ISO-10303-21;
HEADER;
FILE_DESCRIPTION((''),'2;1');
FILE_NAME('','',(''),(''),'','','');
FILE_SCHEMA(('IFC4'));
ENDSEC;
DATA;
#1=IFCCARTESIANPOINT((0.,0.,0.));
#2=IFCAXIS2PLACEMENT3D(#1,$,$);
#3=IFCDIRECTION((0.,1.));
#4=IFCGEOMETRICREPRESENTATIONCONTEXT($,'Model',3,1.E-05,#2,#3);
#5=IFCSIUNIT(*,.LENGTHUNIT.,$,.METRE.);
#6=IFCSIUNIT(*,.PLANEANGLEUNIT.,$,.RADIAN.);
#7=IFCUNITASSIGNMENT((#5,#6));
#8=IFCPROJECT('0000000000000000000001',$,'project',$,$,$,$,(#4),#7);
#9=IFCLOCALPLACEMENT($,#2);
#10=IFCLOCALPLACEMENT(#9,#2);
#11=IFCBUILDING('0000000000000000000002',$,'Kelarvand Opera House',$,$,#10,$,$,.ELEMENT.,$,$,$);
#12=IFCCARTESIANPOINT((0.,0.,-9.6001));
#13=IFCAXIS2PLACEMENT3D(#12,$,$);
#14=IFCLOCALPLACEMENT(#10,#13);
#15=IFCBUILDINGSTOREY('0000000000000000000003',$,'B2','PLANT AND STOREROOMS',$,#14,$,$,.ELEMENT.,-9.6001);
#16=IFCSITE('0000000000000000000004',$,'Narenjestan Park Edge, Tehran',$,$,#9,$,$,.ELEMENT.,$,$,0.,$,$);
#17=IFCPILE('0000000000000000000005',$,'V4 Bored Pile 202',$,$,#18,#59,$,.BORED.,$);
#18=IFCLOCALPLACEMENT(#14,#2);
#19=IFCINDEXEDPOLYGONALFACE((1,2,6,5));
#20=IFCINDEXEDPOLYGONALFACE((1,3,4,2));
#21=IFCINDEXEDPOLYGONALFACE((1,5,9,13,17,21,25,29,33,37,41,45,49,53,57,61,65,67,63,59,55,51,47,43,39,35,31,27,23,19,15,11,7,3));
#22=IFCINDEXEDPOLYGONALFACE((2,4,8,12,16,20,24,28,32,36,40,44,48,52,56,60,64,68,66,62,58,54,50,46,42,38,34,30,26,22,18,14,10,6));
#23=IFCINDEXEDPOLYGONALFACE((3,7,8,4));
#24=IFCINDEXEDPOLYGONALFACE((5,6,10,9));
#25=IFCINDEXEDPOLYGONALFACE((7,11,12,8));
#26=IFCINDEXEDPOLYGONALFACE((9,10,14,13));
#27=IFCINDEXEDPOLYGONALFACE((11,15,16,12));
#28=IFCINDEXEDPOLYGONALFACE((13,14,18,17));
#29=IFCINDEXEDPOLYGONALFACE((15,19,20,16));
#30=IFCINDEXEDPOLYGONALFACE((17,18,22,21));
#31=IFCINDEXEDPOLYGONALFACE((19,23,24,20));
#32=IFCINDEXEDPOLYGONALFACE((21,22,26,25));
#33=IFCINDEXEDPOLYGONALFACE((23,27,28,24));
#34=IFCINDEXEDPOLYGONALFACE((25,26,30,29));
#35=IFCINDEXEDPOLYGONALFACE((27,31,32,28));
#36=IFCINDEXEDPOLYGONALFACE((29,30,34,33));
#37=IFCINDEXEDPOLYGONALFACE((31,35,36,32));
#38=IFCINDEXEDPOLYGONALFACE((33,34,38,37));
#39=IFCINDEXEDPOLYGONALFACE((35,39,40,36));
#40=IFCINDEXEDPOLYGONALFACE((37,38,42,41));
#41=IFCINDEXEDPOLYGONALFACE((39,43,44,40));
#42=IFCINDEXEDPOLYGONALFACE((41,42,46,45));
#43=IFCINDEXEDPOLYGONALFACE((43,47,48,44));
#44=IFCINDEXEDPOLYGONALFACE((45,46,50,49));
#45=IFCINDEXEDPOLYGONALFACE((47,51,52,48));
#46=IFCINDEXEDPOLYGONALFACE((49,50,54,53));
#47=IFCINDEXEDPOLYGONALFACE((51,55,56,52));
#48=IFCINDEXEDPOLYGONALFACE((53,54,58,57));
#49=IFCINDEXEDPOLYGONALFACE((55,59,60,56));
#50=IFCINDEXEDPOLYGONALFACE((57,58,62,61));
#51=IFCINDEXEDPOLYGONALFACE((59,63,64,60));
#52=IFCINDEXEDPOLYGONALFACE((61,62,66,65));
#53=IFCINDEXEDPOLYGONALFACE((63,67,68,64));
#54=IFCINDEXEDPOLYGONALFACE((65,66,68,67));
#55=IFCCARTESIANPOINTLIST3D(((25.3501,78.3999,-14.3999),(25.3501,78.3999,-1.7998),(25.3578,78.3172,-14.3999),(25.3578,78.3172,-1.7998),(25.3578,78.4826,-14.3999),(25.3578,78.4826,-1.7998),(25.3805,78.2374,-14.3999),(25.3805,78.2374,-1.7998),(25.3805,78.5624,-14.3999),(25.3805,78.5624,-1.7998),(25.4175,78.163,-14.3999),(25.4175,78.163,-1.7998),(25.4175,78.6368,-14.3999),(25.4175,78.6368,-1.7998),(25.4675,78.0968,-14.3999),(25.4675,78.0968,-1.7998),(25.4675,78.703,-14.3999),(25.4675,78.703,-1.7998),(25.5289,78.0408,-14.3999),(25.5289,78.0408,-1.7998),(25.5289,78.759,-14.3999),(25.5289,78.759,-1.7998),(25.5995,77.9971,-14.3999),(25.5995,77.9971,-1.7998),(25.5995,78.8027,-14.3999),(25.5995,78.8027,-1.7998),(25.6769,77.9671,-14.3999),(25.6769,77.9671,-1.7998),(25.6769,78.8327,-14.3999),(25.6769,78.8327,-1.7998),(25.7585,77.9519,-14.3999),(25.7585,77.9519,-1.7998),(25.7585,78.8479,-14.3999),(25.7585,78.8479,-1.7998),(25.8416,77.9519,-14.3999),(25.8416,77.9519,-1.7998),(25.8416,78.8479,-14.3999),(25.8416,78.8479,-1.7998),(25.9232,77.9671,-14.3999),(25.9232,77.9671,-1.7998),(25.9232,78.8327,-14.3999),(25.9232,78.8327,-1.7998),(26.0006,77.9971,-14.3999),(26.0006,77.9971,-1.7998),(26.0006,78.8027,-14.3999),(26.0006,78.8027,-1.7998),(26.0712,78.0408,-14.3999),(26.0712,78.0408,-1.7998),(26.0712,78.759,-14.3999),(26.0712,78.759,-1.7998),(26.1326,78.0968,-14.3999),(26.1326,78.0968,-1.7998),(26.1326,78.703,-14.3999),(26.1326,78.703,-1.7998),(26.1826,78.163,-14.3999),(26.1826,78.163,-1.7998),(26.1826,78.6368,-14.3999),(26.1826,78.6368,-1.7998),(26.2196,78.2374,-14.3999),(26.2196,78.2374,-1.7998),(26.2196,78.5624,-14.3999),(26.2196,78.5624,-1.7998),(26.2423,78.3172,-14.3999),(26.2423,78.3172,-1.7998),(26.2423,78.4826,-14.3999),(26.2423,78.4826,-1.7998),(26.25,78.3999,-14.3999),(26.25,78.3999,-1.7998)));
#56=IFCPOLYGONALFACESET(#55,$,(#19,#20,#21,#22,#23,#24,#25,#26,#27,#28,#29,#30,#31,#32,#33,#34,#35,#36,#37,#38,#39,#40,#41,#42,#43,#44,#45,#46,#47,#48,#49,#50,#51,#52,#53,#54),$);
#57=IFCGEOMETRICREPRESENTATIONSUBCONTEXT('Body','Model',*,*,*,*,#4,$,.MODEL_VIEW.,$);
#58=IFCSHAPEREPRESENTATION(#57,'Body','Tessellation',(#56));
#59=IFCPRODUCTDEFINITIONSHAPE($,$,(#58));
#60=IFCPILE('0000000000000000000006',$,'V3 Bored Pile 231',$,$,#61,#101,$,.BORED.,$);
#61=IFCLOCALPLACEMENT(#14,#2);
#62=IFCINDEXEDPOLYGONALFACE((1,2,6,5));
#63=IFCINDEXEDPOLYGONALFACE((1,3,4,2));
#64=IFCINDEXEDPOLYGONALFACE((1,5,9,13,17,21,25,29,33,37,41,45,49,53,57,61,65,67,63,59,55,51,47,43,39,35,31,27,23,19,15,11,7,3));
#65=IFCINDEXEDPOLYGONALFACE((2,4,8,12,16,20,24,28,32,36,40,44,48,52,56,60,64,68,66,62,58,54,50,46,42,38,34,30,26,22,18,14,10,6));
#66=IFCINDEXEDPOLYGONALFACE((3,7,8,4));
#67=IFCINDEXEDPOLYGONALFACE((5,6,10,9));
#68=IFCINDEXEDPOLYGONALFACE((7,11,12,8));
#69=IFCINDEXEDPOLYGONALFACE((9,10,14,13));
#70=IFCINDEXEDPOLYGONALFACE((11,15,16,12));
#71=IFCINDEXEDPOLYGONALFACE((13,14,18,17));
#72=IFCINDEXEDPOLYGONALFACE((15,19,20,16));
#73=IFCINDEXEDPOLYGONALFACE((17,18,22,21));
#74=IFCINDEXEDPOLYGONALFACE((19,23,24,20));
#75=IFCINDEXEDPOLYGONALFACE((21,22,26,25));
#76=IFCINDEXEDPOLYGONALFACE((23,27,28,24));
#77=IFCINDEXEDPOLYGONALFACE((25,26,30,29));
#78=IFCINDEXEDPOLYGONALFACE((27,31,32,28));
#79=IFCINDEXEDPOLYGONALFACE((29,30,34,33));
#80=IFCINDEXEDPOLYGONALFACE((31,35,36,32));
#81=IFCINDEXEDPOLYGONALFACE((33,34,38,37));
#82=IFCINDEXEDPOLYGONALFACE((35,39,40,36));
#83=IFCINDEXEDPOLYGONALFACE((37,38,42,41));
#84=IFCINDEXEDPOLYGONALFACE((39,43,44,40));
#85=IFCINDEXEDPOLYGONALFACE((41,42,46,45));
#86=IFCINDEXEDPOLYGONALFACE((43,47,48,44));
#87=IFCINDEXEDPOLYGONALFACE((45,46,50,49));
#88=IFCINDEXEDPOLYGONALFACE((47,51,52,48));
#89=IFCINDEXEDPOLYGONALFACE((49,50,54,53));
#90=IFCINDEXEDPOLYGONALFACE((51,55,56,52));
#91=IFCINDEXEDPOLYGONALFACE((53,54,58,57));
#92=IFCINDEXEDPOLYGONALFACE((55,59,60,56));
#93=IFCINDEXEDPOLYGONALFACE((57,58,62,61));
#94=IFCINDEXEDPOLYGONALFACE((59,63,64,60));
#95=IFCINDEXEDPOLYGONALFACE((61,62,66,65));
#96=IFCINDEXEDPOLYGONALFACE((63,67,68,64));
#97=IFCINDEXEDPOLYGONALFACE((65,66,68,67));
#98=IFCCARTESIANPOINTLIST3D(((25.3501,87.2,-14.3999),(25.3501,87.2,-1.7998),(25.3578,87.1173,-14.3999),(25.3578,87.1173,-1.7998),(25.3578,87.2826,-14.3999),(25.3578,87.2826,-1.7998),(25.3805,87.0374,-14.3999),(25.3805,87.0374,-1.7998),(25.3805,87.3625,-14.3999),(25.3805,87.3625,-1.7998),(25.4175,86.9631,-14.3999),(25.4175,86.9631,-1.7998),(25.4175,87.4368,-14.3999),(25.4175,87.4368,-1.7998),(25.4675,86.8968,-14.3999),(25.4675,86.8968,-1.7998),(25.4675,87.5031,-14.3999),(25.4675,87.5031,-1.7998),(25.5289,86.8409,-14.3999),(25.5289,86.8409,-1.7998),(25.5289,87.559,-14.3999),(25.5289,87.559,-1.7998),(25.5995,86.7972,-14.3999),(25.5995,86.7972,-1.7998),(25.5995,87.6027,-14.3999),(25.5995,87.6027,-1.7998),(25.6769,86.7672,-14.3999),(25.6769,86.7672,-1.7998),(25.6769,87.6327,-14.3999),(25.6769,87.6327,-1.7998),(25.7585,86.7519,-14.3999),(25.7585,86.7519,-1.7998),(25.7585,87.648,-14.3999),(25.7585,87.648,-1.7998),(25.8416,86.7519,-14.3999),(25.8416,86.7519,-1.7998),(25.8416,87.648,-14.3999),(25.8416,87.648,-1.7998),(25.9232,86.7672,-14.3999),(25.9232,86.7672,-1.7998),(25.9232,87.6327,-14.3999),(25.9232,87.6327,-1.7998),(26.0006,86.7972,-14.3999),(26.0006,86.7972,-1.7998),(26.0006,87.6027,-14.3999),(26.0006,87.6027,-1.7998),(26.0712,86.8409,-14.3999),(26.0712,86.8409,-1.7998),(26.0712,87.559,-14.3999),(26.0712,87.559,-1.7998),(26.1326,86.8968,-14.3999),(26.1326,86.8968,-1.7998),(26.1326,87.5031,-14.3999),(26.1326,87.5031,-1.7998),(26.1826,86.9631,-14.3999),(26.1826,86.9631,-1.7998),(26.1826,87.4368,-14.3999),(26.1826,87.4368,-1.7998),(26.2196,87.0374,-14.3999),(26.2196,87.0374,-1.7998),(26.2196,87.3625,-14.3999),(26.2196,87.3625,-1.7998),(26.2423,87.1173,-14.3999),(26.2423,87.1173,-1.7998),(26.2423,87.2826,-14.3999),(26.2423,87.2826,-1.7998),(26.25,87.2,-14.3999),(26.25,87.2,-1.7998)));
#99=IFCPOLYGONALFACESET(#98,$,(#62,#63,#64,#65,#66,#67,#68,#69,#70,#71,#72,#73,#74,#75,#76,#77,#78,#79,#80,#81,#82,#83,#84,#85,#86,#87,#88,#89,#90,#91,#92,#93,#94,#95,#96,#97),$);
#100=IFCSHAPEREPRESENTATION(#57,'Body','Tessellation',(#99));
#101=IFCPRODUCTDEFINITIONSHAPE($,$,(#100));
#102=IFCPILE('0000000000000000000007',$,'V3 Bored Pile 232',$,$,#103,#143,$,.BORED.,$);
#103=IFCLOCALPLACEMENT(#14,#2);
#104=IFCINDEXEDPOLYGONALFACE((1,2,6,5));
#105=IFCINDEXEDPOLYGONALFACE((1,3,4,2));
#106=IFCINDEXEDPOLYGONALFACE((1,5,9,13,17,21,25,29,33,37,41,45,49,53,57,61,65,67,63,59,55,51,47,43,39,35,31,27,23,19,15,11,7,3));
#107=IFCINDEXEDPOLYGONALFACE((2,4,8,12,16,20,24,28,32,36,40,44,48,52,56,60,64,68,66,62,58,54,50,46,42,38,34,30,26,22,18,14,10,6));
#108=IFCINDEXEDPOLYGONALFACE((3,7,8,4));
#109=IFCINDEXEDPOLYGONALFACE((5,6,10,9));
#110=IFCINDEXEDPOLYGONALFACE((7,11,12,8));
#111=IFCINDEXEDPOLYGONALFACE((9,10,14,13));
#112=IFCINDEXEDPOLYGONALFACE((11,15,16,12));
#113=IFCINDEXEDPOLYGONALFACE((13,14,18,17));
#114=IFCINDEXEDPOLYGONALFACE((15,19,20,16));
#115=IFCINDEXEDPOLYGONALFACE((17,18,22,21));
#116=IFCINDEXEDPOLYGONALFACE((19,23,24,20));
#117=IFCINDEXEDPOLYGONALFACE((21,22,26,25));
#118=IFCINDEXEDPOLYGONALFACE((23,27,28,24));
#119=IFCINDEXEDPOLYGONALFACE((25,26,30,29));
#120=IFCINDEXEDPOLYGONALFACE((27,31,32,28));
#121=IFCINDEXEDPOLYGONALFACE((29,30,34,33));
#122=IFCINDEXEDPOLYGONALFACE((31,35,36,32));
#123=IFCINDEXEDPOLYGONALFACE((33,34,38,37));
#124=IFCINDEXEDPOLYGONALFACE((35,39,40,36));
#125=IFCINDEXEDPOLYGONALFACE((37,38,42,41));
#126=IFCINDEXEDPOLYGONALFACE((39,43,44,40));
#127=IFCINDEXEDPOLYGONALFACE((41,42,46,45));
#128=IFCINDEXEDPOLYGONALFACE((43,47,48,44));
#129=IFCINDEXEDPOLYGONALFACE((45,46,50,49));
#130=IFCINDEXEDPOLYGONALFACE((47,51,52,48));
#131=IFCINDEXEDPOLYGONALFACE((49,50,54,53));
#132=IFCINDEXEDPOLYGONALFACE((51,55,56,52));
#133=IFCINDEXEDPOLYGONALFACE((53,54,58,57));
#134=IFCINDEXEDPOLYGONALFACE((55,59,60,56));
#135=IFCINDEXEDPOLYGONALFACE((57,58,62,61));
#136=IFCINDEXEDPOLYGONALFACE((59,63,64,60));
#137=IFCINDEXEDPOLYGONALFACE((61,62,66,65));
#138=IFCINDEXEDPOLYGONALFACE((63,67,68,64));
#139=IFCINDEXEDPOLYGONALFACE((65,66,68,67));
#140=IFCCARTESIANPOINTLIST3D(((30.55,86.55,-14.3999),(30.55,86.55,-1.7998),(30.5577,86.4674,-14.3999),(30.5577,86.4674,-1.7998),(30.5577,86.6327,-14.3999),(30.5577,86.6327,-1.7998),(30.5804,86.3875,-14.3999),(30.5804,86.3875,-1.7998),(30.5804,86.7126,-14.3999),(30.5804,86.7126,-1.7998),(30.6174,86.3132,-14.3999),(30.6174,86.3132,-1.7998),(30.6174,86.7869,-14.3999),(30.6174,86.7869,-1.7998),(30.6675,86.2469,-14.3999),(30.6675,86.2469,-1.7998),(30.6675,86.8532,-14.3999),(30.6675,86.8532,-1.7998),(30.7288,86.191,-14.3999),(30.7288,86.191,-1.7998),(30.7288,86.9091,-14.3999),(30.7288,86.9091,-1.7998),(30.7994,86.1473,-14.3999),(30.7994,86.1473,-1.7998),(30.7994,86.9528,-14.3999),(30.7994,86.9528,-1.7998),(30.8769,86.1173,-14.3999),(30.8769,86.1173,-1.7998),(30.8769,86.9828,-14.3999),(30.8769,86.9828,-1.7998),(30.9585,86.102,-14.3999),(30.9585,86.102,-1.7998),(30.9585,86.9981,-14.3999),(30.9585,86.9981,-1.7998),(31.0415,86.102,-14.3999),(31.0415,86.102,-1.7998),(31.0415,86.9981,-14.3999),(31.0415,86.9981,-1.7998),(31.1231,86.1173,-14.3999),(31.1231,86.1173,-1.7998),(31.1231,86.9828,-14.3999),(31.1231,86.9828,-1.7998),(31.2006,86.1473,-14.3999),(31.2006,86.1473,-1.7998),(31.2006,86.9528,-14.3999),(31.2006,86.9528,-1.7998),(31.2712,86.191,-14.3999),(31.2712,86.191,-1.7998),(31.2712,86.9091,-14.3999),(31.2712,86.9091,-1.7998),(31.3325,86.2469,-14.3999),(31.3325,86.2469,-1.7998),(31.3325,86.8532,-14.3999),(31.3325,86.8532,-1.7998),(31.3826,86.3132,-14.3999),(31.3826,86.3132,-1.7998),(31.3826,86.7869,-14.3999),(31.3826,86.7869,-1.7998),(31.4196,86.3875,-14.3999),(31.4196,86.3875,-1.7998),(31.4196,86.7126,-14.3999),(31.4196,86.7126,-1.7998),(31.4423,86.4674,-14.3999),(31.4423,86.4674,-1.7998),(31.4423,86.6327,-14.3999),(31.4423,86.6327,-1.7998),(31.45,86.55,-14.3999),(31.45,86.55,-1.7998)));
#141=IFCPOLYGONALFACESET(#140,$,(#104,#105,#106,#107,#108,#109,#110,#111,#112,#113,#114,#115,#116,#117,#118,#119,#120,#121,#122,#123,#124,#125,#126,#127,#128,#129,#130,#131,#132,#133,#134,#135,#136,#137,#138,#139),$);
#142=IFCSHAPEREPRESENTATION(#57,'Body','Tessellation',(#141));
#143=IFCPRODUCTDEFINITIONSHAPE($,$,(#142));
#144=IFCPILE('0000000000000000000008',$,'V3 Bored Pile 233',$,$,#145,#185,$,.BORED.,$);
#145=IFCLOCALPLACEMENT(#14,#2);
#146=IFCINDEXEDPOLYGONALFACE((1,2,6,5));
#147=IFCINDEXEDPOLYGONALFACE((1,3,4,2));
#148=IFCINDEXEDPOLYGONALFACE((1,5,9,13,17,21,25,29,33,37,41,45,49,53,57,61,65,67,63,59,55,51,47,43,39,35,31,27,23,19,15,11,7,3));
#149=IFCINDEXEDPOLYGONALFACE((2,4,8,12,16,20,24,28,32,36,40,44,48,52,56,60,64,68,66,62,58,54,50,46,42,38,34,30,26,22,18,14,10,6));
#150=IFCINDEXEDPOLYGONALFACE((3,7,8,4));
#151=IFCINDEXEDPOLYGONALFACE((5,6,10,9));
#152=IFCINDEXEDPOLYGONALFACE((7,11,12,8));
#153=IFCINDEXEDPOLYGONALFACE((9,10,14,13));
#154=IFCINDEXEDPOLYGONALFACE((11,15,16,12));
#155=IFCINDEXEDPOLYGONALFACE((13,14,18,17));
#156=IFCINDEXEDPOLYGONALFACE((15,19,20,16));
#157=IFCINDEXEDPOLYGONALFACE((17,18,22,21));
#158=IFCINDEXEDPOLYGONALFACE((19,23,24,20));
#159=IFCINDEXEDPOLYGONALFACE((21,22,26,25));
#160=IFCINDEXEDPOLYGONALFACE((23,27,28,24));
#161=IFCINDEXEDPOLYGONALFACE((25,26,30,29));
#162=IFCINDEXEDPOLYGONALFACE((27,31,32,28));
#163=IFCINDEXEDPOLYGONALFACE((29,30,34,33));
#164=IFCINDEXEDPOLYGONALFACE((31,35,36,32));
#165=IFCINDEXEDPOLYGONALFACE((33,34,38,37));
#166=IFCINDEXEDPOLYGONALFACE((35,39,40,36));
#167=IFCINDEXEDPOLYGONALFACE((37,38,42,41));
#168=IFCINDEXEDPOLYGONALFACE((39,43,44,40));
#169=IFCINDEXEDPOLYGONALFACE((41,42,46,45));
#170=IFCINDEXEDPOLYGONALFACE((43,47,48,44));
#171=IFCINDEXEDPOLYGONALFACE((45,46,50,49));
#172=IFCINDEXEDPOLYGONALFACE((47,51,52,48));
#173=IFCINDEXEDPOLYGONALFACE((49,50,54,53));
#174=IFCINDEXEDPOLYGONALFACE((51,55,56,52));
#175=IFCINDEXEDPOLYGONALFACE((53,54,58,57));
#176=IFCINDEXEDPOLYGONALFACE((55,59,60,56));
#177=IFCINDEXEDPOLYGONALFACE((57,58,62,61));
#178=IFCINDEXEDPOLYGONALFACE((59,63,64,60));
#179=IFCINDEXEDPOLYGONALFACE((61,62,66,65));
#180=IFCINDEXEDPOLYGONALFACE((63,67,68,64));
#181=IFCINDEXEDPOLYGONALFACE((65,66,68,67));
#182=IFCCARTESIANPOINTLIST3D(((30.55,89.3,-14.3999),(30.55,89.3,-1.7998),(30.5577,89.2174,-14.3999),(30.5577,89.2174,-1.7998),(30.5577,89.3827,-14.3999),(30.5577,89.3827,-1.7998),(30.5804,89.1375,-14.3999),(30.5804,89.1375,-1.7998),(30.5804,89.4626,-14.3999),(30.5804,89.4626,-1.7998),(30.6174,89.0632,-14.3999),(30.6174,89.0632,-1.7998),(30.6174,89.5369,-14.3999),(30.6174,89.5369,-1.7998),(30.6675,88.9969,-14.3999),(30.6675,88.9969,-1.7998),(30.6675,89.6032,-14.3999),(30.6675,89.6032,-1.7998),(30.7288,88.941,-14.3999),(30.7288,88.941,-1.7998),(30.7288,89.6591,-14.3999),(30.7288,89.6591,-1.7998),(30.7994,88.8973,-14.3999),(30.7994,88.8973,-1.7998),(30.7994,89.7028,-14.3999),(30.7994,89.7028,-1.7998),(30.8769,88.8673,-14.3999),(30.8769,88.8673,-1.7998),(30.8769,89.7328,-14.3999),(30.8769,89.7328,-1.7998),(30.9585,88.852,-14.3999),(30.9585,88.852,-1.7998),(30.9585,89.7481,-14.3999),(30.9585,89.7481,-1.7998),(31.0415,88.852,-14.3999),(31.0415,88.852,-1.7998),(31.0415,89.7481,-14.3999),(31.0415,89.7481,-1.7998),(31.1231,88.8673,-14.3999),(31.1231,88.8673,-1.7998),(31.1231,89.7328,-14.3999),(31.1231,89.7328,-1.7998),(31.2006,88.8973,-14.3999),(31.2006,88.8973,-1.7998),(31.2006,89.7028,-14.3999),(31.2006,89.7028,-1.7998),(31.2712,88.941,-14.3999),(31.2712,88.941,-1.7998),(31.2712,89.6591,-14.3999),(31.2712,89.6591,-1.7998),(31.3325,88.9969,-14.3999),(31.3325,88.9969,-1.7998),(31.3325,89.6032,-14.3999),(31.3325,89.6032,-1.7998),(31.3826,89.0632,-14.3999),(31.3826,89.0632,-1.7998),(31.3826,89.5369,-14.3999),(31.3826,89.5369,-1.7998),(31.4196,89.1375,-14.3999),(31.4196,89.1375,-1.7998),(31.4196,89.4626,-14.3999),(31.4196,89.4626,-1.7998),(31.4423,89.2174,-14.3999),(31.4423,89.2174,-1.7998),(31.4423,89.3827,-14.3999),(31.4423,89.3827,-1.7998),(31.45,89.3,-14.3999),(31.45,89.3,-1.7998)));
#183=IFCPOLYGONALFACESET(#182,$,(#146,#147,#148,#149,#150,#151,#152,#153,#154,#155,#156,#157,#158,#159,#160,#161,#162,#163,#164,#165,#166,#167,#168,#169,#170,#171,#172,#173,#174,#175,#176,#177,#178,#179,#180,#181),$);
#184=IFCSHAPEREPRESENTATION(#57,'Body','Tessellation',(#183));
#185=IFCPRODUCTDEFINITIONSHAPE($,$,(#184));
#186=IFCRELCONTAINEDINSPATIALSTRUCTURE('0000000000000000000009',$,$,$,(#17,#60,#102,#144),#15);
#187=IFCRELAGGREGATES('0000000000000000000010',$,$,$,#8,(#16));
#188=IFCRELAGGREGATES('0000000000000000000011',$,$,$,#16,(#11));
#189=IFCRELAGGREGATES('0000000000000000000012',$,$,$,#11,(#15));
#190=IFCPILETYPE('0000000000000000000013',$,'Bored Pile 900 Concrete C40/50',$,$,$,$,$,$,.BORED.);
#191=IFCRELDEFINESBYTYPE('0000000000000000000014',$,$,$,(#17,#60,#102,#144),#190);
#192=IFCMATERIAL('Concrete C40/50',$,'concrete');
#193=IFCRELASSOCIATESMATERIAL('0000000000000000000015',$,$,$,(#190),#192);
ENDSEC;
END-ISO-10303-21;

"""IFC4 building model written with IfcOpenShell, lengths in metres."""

from ifc_helpers import new_model, si_unit, direction, frame, origin, origin_2d, place, context, subcontext, project, spatial, circle, extrude, material, material_profile, profile_set, type_object, element, save


model = new_model("IFC4")

# Units and contexts
model_context = context("Model", 3, precision=1e-05, world=origin(), true_north=direction((0.0, 1.0)))
body_context = subcontext(model_context, "Body", "Model", "MODEL_VIEW")
ifc_project = project(units=[si_unit("LENGTHUNIT", "METRE"), si_unit("PLANEANGLEUNIT", "RADIAN")], contexts=[model_context])

# Site, building, storey
site_placement = place(None, origin())
site = spatial("IfcSite", under=ifc_project, at=site_placement, Name="Narenjestan Park Edge, Tehran", CompositionType="ELEMENT", RefElevation=0.0)
building_placement = place(site_placement, origin())
building = spatial("IfcBuilding", under=site, at=building_placement, Name="Kelarvand Opera House", CompositionType="ELEMENT")
storey_placement = place(building_placement, frame((0.0, 0.0, -9.6001)))
storey = spatial("IfcBuildingStorey", under=building, at=storey_placement, Name="B2", Description="PLANT AND STOREROOMS", CompositionType="ELEMENT", Elevation=-9.6001)

# Piles
ifc_material_1 = material(Name="Concrete C40/50", Category="concrete")
ifc_material_profile_1 = material_profile(ifc_material_1, circle(Radius=0.45, at=origin_2d()), Name="BP 900", Category="concrete")
ifc_profile_set_1 = profile_set([ifc_material_profile_1], Name="Concrete C40/50")
pile_type = type_object("IfcPileType", Name="Bored Pile 900 Concrete C40/50", PredefinedType="BORED", material=ifc_profile_set_1)
for number, where, z_axis, x_axis, name in (
    (1, (25.8, 78.3999, -1.7998), (0.0, 0.0, -1.0), (1.0, 0.0, 0.0), "V4 Bored Pile 202"),
    (2, (25.8, 87.2, -1.7998), (0.0, 0.0, -1.0), (1.0, 0.0, 0.0), "V3 Bored Pile 231"),
    (3, (31.0, 86.55, -1.7998), (0.0, 0.0, -1.0), (1.0, 0.0, 0.0), "V3 Bored Pile 232"),
    (4, (31.0, 89.3, -1.7998), (0.0, 0.0, -1.0), (1.0, 0.0, 0.0), "V3 Bored Pile 233"),
):
    element("IfcPile", number, at=place(storey_placement, frame(where, z_axis=z_axis, x_axis=x_axis)), inside=storey, type_object=pile_type, Name=name, PredefinedType="BORED", context=body_context, shape_type="SweptSolid", body=[
        extrude(circle(Radius=0.45, at=origin_2d()), origin(), (0.0, 0.0, 1.0), 12.6001),
    ])

save(model, "model.ifc")
